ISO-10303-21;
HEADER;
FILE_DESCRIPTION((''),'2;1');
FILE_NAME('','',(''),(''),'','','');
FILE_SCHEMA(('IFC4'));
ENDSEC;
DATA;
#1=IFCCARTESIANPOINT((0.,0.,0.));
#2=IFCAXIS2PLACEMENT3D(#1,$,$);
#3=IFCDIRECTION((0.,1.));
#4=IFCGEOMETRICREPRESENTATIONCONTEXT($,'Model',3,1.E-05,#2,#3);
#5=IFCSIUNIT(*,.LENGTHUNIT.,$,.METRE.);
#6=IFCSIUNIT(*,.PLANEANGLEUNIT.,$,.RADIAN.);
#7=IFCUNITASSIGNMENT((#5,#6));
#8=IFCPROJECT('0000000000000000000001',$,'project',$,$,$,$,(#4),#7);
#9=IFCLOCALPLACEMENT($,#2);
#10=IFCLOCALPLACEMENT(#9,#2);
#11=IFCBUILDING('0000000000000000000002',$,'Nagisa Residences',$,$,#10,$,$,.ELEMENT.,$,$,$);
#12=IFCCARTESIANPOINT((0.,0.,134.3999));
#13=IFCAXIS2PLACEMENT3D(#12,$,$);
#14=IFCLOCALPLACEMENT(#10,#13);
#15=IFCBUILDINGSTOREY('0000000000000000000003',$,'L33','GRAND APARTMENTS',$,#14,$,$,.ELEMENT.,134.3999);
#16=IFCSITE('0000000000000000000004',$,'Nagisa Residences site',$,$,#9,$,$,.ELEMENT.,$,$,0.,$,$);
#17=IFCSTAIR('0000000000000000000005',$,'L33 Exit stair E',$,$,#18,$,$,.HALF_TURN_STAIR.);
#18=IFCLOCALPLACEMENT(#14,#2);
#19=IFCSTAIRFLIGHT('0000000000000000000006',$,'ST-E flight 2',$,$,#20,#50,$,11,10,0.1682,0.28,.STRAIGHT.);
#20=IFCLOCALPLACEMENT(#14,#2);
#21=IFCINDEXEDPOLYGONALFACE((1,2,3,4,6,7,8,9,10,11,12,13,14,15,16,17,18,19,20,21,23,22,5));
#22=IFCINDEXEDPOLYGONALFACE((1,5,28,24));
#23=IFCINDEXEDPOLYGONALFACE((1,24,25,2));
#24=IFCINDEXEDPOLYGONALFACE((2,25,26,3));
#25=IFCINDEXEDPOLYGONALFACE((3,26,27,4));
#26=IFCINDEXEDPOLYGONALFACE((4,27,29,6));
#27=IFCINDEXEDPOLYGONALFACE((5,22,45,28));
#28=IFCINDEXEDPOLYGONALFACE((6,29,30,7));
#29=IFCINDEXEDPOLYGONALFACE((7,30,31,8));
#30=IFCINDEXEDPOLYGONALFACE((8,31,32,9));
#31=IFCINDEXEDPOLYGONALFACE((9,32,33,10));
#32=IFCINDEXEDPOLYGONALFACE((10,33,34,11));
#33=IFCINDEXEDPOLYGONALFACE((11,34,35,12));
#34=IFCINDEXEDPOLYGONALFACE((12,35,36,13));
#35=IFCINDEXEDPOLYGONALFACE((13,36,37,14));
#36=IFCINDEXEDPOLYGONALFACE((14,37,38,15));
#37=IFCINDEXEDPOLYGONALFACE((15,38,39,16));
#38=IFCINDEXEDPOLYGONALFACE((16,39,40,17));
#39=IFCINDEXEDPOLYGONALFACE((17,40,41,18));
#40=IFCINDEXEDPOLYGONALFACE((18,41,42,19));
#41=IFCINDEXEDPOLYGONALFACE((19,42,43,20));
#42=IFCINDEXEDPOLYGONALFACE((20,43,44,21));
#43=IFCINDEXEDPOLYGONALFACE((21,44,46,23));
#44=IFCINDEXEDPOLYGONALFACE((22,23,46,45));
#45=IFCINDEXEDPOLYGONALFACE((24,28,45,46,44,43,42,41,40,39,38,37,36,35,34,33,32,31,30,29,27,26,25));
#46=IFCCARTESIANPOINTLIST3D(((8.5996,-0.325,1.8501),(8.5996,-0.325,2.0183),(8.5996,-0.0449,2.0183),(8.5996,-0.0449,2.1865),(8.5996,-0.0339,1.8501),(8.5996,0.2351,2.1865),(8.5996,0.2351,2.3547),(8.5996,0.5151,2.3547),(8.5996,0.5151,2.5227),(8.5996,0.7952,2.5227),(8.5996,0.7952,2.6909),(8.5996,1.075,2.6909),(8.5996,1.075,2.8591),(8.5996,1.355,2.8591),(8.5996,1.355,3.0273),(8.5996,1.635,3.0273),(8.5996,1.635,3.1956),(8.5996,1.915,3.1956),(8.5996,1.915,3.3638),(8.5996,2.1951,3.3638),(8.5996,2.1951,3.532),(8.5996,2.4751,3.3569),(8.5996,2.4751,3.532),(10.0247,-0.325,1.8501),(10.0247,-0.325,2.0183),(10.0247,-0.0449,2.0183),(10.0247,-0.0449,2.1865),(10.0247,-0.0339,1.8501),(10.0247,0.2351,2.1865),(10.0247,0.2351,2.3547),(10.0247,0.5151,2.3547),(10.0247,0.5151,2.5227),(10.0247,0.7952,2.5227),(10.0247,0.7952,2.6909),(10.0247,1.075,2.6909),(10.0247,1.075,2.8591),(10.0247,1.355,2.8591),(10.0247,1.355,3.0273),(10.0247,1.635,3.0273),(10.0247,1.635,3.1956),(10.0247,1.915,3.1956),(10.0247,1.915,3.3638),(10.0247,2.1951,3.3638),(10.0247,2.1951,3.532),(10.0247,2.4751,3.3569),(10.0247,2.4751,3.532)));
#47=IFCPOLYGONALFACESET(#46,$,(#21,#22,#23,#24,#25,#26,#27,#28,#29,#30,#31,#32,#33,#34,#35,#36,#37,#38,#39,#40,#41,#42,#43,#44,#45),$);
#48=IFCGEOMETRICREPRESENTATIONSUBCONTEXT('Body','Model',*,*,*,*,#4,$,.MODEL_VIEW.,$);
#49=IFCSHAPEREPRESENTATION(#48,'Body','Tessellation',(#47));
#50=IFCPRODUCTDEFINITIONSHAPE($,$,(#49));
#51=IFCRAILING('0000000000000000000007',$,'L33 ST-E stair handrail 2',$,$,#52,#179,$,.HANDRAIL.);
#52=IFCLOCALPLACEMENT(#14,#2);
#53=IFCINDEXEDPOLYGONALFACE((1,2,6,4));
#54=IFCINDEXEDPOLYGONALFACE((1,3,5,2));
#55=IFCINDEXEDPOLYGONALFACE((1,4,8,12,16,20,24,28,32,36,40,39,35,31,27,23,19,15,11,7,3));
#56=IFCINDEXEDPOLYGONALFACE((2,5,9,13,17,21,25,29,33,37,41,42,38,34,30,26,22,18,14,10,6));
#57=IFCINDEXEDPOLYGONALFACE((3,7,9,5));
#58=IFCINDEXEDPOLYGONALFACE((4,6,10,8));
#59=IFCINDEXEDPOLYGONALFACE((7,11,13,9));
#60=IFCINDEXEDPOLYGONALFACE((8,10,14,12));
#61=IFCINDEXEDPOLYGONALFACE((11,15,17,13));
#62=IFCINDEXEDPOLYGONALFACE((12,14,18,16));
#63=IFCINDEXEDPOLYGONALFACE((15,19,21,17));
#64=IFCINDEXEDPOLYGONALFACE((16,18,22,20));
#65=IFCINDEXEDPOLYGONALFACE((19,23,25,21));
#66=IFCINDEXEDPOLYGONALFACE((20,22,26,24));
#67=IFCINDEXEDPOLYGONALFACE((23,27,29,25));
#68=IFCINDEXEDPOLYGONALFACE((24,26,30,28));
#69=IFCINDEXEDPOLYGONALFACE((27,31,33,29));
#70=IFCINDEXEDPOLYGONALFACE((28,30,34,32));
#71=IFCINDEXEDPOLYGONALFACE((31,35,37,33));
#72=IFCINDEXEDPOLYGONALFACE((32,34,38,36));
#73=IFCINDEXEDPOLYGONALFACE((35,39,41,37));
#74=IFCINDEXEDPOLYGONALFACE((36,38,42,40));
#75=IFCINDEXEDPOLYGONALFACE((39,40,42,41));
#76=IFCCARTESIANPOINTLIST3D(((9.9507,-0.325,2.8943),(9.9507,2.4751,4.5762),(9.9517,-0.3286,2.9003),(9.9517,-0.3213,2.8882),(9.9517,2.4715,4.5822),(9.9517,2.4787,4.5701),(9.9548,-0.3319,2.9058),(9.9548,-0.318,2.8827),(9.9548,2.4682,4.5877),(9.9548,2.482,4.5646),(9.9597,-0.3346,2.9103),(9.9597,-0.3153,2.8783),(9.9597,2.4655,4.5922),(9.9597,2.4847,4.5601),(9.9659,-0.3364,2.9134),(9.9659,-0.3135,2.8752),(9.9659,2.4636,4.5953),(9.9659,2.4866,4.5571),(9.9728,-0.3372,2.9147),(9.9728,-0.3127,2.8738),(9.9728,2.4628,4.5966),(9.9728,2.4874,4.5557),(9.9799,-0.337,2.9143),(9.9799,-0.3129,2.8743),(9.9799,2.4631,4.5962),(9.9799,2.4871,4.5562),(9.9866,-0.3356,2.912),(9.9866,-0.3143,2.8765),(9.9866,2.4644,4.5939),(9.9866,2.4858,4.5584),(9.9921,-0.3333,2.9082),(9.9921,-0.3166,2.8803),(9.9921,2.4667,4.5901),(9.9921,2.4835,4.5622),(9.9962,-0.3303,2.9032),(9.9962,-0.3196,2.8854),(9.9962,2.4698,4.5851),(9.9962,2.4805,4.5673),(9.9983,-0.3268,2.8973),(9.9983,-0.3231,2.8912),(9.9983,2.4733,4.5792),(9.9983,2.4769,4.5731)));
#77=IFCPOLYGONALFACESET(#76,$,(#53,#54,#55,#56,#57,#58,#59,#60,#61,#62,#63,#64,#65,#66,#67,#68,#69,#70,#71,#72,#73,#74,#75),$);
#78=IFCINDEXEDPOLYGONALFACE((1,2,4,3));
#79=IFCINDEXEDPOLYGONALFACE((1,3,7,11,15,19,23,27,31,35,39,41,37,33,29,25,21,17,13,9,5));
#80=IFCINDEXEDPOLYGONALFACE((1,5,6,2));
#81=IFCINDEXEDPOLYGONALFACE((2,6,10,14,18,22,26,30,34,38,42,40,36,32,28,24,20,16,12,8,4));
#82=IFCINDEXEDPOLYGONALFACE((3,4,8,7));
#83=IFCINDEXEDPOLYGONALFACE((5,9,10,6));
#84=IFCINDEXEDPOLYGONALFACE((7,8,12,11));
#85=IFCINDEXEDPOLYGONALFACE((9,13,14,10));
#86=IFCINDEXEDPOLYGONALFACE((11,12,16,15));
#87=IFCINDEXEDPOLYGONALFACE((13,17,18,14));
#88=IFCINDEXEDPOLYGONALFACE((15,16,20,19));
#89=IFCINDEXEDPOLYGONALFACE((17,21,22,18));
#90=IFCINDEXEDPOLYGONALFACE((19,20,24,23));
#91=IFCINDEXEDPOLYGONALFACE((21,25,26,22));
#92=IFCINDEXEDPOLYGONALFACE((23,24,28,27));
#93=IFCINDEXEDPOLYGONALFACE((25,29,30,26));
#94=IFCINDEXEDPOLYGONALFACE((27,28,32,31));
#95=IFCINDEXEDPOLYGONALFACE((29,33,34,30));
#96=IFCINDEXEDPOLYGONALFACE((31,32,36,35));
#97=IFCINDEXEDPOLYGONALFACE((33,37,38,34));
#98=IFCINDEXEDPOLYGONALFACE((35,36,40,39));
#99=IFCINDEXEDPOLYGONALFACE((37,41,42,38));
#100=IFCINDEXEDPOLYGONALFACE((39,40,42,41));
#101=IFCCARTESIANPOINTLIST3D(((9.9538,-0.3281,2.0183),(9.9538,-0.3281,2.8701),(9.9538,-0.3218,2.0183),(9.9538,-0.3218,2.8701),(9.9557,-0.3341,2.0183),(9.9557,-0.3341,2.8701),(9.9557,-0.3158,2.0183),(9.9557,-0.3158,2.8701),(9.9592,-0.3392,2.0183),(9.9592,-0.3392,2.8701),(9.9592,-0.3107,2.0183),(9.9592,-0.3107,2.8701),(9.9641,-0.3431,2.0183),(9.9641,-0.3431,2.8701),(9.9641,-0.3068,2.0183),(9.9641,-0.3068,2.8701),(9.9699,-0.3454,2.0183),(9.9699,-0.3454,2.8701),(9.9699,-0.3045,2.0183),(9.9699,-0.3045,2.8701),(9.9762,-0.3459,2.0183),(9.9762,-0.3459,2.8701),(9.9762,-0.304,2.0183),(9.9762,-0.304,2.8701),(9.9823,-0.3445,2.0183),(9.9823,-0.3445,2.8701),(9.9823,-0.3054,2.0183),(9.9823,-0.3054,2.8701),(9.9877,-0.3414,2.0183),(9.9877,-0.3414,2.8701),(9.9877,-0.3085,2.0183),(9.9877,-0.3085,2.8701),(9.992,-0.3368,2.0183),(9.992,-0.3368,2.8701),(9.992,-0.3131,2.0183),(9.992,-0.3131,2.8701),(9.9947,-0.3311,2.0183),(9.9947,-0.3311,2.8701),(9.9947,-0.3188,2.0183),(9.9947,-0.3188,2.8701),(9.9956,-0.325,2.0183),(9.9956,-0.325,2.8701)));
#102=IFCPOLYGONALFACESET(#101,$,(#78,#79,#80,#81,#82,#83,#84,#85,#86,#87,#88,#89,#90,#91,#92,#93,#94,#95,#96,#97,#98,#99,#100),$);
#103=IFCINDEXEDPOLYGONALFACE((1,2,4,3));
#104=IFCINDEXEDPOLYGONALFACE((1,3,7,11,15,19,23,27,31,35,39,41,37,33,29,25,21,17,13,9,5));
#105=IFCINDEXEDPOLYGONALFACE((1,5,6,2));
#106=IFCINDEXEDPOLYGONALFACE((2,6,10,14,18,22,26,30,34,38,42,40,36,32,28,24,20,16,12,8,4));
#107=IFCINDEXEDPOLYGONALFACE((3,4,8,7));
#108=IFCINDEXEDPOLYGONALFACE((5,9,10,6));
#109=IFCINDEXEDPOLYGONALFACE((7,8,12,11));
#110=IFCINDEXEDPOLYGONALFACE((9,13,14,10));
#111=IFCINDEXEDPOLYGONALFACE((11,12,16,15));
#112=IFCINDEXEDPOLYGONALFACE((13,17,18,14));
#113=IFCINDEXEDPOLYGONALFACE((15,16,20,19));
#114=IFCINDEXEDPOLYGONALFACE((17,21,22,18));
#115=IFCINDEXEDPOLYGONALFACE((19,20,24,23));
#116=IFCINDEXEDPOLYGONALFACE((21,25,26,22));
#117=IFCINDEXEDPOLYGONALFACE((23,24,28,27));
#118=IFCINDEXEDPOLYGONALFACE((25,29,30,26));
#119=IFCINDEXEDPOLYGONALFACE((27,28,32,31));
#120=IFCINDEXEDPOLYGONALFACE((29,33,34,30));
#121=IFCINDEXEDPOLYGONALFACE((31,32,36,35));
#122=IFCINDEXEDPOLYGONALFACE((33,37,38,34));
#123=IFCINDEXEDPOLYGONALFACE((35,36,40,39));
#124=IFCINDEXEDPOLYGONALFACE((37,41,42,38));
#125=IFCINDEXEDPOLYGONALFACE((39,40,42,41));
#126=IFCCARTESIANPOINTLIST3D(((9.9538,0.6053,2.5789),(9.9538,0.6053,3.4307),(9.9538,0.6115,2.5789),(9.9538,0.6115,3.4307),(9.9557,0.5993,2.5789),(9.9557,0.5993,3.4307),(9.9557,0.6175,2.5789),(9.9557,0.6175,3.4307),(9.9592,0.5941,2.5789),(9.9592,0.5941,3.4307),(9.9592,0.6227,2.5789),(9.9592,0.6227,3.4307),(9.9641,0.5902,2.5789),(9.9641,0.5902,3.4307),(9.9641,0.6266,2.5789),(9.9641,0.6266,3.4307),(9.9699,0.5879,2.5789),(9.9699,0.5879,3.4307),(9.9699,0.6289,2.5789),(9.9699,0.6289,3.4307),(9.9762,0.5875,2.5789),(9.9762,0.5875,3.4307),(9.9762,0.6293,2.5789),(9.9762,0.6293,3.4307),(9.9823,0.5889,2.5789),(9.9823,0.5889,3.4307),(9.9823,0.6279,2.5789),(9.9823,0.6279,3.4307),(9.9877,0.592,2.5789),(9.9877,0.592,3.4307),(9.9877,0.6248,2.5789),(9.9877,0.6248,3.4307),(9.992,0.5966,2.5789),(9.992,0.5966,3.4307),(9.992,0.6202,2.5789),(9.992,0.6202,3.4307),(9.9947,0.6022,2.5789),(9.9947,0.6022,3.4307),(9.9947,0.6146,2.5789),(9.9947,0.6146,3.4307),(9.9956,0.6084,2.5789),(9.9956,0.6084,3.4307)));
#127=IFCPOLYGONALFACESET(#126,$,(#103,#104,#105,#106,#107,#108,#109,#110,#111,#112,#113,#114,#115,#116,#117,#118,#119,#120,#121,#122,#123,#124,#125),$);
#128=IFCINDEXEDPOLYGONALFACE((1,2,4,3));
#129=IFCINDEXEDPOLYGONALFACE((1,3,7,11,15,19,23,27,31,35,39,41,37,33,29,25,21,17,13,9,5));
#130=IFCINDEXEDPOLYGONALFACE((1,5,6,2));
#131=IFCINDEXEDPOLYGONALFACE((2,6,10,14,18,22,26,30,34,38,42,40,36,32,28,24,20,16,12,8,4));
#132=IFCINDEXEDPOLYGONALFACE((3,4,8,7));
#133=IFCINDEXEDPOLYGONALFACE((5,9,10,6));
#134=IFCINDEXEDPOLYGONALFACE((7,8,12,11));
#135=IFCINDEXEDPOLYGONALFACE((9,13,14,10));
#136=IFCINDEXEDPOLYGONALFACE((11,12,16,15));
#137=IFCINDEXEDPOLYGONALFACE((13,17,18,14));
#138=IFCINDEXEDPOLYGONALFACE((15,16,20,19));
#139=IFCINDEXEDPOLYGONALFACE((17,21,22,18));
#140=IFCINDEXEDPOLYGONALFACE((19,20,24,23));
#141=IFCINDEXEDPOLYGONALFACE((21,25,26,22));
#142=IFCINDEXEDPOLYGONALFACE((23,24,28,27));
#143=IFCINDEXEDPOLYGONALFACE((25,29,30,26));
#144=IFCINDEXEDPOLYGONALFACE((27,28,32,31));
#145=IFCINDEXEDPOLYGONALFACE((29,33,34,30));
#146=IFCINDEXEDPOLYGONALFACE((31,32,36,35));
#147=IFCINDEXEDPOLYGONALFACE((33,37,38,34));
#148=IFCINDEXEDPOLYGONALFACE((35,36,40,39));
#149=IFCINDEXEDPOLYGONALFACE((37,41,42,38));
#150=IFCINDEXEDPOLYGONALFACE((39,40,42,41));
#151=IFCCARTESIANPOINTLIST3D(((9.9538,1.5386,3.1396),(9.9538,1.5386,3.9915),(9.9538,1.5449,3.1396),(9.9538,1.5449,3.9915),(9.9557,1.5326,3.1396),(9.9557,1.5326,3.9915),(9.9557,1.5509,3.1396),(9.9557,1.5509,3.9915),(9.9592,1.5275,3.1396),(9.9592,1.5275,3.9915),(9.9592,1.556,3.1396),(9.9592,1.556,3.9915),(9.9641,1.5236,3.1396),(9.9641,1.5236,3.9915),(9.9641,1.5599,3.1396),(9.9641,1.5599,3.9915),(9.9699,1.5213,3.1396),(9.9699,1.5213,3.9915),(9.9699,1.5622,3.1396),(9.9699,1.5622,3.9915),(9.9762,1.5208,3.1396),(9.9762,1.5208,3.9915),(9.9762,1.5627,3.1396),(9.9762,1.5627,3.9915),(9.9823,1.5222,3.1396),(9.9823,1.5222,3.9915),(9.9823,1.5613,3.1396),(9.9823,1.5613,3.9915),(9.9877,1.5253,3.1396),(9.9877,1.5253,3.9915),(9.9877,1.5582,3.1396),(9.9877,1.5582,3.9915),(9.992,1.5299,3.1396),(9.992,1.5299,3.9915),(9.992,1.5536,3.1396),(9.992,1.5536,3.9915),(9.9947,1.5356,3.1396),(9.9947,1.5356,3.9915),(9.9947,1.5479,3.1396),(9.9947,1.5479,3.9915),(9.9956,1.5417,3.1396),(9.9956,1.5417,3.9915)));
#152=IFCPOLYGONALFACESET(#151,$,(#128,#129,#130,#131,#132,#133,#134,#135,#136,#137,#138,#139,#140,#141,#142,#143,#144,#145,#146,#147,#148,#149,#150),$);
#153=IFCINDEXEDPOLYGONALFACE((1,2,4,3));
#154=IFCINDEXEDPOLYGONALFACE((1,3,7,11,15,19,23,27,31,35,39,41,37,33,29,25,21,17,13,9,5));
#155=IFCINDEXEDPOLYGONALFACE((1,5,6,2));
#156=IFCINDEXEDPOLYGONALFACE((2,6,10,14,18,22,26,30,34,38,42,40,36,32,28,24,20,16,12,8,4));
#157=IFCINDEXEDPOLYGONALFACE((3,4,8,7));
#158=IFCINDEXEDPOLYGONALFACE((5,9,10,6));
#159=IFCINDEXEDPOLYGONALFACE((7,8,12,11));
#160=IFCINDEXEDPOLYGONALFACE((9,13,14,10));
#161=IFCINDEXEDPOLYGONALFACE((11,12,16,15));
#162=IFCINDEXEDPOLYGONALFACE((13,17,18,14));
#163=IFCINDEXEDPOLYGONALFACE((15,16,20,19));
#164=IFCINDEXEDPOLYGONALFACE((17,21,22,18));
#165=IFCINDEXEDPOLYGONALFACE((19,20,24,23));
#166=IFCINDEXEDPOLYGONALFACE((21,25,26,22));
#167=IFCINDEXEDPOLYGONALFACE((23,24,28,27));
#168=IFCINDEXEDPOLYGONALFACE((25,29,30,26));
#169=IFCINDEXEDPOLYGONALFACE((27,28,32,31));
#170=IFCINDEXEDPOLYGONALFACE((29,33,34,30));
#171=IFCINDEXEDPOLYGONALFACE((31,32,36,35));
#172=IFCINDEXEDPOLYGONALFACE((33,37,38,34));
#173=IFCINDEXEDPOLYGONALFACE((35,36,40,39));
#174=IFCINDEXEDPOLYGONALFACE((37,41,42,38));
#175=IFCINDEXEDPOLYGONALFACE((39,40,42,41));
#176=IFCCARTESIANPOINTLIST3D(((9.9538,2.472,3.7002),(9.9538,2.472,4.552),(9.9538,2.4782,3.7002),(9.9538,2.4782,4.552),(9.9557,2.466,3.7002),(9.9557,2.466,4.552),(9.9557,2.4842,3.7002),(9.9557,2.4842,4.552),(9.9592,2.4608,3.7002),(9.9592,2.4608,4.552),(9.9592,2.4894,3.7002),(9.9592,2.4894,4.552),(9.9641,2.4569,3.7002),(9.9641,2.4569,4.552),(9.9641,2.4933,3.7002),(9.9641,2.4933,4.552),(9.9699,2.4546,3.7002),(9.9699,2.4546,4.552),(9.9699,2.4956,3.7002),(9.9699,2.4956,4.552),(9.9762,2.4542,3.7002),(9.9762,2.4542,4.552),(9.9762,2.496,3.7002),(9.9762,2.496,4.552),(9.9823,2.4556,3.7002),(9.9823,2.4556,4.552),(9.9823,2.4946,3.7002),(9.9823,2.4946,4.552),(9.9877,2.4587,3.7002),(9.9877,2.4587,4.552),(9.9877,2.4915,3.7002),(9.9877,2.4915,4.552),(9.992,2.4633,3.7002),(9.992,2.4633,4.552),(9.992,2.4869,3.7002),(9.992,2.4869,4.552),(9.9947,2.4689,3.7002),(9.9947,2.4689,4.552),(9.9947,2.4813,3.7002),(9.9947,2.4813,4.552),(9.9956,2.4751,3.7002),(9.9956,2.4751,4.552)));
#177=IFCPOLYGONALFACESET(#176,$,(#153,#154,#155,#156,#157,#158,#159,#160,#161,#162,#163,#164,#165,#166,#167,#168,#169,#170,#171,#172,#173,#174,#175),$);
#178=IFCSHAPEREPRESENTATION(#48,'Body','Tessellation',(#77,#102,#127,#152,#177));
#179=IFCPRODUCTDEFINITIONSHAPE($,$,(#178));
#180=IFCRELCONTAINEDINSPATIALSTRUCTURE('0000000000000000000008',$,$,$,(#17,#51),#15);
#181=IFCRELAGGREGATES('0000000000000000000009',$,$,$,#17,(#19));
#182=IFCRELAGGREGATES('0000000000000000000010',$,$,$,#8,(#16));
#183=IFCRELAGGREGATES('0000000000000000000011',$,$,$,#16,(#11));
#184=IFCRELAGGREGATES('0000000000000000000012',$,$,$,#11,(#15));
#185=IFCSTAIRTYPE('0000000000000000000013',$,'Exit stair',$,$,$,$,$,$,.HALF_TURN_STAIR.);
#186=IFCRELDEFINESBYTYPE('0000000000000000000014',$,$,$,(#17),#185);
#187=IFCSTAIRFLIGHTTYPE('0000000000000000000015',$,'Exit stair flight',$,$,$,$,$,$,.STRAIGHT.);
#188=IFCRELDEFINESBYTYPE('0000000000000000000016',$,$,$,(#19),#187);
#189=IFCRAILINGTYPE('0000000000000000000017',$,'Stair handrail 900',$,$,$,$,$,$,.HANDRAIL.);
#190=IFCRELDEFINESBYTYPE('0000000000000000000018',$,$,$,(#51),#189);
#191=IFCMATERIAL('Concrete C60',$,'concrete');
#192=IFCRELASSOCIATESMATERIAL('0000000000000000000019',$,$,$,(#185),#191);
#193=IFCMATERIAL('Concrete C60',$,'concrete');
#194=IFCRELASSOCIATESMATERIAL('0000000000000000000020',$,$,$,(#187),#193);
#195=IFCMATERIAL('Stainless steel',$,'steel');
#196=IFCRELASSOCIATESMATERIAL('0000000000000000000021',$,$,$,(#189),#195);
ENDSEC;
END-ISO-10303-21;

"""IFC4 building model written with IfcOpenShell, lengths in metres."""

from ifc_helpers import new_model, si_unit, direction, frame, origin, origin_2d, place, context, subcontext, project, spatial, polyline, circle, outline, extrude, material, type_object, element, aggregate, save


model = new_model("IFC4")

# Units and contexts
model_context = context("Model", 3, precision=1e-05, world=origin(), true_north=direction((0.0, 1.0)))
body_context = subcontext(model_context, "Body", "Model", "MODEL_VIEW")
ifc_project = project(units=[si_unit("LENGTHUNIT", "METRE"), si_unit("PLANEANGLEUNIT", "RADIAN")], contexts=[model_context])

# Site, building, storey
site_placement = place(None, origin())
site = spatial("IfcSite", under=ifc_project, at=site_placement, Name="Nagisa Residences site", CompositionType="ELEMENT", RefElevation=0.0)
building_placement = place(site_placement, origin())
building = spatial("IfcBuilding", under=site, at=building_placement, Name="Nagisa Residences", CompositionType="ELEMENT")
storey_placement = place(building_placement, frame((0.0, 0.0, 134.3999)))
storey = spatial("IfcBuildingStorey", under=building, at=storey_placement, Name="L33", Description="GRAND APARTMENTS", CompositionType="ELEMENT", Elevation=134.3999)

# Stair, stair flight
ifc_material_1 = material(Name="Concrete C60", Category="concrete")
stair_type = type_object("IfcStairType", Name="Exit stair", PredefinedType="HALF_TURN_STAIR", material=ifc_material_1)
stair_placement = place(storey_placement, origin())
stair = element("IfcStair", 1, at=stair_placement, inside=storey, type_object=stair_type, Name="L33 Exit stair E", PredefinedType="HALF_TURN_STAIR")
ifc_material_2 = material(Name="Concrete C60", Category="concrete")
stair_flight_type = type_object("IfcStairFlightType", Name="Exit stair flight", PredefinedType="STRAIGHT", material=ifc_material_2)
stair_flight_placement = place(storey_placement, frame((9.312, -0.325, 1.8501), z_axis=(0.0, 0.0, 1.0), x_axis=(0.0, 1.0, 0.0)))
stair_flight = element("IfcStairFlight", 2, at=stair_flight_placement, type_object=stair_flight_type, Name="ST-E flight 2", NumberOfRisers=11, NumberOfTreads=10, PredefinedType="STRAIGHT", RiserHeight=0.1682, TreadLength=0.28, context=body_context, shape_type="SweptSolid", body=[
    extrude(outline(polyline([(0.0, 0.0), (0.0, 0.1682), (0.28, 0.1682), (0.28, 0.3364), (0.5601, 0.3364), (0.5601, 0.5046), (0.8401, 0.5046), (0.8401, 0.6726), (1.1201, 0.6726), (1.1201, 0.8408), (1.3999, 0.8408), (1.3999, 1.009), (1.6799, 1.009), (1.6799, 1.1772), (1.96, 1.1772), (1.96, 1.3455), (2.24, 1.3455), (2.24, 1.5137), (2.52, 1.5137), (2.52, 1.6819), (2.8, 1.6819), (2.8, 1.8501), (2.8, 1.5068), (0.291, 0.0), (0.0, 0.0)])), frame((0.0, 0.7124, 0.0), z_axis=(0.0, -1.0, 0.0), x_axis=(1.0, 0.0, 0.0)), (0.0, 0.0, 1.0), 1.425),
])
aggregate(stair, [stair_flight])

# Railing
ifc_material_3 = material(Name="Stainless steel", Category="steel")
railing_type = type_object("IfcRailingType", Name="Stair handrail 900", PredefinedType="HANDRAIL", material=ifc_material_3)
railing_placement = place(storey_placement, frame((9.9746, -0.325, 2.0183)))
element("IfcRailing", 3, at=railing_placement, inside=storey, type_object=railing_type, Name="L33 ST-E stair handrail 2", PredefinedType="HANDRAIL", context=body_context, shape_type="SweptSolid", body=[
    extrude(circle(Radius=0.0239, at=origin_2d()), frame((0.0, 0.0, 0.876), z_axis=(0.0, 0.857242, 0.514913), x_axis=(-1.0, 0.0, 0.0)), (0.0, 0.0, 1.0), 3.2664),
    extrude(circle(Radius=0.021, at=origin_2d()), origin(), (0.0, 0.0, 1.0), 0.8518),
    extrude(circle(Radius=0.021, at=origin_2d()), frame((0.0, 0.9333, 0.5605)), (0.0, 0.0, 1.0), 0.8518),
    extrude(circle(Radius=0.021, at=origin_2d()), frame((0.0, 1.8667, 1.1213)), (0.0, 0.0, 1.0), 0.8518),
    extrude(circle(Radius=0.021, at=origin_2d()), frame((0.0, 2.8, 1.6819)), (0.0, 0.0, 1.0), 0.8518),
])

save(model, "model.ifc")
